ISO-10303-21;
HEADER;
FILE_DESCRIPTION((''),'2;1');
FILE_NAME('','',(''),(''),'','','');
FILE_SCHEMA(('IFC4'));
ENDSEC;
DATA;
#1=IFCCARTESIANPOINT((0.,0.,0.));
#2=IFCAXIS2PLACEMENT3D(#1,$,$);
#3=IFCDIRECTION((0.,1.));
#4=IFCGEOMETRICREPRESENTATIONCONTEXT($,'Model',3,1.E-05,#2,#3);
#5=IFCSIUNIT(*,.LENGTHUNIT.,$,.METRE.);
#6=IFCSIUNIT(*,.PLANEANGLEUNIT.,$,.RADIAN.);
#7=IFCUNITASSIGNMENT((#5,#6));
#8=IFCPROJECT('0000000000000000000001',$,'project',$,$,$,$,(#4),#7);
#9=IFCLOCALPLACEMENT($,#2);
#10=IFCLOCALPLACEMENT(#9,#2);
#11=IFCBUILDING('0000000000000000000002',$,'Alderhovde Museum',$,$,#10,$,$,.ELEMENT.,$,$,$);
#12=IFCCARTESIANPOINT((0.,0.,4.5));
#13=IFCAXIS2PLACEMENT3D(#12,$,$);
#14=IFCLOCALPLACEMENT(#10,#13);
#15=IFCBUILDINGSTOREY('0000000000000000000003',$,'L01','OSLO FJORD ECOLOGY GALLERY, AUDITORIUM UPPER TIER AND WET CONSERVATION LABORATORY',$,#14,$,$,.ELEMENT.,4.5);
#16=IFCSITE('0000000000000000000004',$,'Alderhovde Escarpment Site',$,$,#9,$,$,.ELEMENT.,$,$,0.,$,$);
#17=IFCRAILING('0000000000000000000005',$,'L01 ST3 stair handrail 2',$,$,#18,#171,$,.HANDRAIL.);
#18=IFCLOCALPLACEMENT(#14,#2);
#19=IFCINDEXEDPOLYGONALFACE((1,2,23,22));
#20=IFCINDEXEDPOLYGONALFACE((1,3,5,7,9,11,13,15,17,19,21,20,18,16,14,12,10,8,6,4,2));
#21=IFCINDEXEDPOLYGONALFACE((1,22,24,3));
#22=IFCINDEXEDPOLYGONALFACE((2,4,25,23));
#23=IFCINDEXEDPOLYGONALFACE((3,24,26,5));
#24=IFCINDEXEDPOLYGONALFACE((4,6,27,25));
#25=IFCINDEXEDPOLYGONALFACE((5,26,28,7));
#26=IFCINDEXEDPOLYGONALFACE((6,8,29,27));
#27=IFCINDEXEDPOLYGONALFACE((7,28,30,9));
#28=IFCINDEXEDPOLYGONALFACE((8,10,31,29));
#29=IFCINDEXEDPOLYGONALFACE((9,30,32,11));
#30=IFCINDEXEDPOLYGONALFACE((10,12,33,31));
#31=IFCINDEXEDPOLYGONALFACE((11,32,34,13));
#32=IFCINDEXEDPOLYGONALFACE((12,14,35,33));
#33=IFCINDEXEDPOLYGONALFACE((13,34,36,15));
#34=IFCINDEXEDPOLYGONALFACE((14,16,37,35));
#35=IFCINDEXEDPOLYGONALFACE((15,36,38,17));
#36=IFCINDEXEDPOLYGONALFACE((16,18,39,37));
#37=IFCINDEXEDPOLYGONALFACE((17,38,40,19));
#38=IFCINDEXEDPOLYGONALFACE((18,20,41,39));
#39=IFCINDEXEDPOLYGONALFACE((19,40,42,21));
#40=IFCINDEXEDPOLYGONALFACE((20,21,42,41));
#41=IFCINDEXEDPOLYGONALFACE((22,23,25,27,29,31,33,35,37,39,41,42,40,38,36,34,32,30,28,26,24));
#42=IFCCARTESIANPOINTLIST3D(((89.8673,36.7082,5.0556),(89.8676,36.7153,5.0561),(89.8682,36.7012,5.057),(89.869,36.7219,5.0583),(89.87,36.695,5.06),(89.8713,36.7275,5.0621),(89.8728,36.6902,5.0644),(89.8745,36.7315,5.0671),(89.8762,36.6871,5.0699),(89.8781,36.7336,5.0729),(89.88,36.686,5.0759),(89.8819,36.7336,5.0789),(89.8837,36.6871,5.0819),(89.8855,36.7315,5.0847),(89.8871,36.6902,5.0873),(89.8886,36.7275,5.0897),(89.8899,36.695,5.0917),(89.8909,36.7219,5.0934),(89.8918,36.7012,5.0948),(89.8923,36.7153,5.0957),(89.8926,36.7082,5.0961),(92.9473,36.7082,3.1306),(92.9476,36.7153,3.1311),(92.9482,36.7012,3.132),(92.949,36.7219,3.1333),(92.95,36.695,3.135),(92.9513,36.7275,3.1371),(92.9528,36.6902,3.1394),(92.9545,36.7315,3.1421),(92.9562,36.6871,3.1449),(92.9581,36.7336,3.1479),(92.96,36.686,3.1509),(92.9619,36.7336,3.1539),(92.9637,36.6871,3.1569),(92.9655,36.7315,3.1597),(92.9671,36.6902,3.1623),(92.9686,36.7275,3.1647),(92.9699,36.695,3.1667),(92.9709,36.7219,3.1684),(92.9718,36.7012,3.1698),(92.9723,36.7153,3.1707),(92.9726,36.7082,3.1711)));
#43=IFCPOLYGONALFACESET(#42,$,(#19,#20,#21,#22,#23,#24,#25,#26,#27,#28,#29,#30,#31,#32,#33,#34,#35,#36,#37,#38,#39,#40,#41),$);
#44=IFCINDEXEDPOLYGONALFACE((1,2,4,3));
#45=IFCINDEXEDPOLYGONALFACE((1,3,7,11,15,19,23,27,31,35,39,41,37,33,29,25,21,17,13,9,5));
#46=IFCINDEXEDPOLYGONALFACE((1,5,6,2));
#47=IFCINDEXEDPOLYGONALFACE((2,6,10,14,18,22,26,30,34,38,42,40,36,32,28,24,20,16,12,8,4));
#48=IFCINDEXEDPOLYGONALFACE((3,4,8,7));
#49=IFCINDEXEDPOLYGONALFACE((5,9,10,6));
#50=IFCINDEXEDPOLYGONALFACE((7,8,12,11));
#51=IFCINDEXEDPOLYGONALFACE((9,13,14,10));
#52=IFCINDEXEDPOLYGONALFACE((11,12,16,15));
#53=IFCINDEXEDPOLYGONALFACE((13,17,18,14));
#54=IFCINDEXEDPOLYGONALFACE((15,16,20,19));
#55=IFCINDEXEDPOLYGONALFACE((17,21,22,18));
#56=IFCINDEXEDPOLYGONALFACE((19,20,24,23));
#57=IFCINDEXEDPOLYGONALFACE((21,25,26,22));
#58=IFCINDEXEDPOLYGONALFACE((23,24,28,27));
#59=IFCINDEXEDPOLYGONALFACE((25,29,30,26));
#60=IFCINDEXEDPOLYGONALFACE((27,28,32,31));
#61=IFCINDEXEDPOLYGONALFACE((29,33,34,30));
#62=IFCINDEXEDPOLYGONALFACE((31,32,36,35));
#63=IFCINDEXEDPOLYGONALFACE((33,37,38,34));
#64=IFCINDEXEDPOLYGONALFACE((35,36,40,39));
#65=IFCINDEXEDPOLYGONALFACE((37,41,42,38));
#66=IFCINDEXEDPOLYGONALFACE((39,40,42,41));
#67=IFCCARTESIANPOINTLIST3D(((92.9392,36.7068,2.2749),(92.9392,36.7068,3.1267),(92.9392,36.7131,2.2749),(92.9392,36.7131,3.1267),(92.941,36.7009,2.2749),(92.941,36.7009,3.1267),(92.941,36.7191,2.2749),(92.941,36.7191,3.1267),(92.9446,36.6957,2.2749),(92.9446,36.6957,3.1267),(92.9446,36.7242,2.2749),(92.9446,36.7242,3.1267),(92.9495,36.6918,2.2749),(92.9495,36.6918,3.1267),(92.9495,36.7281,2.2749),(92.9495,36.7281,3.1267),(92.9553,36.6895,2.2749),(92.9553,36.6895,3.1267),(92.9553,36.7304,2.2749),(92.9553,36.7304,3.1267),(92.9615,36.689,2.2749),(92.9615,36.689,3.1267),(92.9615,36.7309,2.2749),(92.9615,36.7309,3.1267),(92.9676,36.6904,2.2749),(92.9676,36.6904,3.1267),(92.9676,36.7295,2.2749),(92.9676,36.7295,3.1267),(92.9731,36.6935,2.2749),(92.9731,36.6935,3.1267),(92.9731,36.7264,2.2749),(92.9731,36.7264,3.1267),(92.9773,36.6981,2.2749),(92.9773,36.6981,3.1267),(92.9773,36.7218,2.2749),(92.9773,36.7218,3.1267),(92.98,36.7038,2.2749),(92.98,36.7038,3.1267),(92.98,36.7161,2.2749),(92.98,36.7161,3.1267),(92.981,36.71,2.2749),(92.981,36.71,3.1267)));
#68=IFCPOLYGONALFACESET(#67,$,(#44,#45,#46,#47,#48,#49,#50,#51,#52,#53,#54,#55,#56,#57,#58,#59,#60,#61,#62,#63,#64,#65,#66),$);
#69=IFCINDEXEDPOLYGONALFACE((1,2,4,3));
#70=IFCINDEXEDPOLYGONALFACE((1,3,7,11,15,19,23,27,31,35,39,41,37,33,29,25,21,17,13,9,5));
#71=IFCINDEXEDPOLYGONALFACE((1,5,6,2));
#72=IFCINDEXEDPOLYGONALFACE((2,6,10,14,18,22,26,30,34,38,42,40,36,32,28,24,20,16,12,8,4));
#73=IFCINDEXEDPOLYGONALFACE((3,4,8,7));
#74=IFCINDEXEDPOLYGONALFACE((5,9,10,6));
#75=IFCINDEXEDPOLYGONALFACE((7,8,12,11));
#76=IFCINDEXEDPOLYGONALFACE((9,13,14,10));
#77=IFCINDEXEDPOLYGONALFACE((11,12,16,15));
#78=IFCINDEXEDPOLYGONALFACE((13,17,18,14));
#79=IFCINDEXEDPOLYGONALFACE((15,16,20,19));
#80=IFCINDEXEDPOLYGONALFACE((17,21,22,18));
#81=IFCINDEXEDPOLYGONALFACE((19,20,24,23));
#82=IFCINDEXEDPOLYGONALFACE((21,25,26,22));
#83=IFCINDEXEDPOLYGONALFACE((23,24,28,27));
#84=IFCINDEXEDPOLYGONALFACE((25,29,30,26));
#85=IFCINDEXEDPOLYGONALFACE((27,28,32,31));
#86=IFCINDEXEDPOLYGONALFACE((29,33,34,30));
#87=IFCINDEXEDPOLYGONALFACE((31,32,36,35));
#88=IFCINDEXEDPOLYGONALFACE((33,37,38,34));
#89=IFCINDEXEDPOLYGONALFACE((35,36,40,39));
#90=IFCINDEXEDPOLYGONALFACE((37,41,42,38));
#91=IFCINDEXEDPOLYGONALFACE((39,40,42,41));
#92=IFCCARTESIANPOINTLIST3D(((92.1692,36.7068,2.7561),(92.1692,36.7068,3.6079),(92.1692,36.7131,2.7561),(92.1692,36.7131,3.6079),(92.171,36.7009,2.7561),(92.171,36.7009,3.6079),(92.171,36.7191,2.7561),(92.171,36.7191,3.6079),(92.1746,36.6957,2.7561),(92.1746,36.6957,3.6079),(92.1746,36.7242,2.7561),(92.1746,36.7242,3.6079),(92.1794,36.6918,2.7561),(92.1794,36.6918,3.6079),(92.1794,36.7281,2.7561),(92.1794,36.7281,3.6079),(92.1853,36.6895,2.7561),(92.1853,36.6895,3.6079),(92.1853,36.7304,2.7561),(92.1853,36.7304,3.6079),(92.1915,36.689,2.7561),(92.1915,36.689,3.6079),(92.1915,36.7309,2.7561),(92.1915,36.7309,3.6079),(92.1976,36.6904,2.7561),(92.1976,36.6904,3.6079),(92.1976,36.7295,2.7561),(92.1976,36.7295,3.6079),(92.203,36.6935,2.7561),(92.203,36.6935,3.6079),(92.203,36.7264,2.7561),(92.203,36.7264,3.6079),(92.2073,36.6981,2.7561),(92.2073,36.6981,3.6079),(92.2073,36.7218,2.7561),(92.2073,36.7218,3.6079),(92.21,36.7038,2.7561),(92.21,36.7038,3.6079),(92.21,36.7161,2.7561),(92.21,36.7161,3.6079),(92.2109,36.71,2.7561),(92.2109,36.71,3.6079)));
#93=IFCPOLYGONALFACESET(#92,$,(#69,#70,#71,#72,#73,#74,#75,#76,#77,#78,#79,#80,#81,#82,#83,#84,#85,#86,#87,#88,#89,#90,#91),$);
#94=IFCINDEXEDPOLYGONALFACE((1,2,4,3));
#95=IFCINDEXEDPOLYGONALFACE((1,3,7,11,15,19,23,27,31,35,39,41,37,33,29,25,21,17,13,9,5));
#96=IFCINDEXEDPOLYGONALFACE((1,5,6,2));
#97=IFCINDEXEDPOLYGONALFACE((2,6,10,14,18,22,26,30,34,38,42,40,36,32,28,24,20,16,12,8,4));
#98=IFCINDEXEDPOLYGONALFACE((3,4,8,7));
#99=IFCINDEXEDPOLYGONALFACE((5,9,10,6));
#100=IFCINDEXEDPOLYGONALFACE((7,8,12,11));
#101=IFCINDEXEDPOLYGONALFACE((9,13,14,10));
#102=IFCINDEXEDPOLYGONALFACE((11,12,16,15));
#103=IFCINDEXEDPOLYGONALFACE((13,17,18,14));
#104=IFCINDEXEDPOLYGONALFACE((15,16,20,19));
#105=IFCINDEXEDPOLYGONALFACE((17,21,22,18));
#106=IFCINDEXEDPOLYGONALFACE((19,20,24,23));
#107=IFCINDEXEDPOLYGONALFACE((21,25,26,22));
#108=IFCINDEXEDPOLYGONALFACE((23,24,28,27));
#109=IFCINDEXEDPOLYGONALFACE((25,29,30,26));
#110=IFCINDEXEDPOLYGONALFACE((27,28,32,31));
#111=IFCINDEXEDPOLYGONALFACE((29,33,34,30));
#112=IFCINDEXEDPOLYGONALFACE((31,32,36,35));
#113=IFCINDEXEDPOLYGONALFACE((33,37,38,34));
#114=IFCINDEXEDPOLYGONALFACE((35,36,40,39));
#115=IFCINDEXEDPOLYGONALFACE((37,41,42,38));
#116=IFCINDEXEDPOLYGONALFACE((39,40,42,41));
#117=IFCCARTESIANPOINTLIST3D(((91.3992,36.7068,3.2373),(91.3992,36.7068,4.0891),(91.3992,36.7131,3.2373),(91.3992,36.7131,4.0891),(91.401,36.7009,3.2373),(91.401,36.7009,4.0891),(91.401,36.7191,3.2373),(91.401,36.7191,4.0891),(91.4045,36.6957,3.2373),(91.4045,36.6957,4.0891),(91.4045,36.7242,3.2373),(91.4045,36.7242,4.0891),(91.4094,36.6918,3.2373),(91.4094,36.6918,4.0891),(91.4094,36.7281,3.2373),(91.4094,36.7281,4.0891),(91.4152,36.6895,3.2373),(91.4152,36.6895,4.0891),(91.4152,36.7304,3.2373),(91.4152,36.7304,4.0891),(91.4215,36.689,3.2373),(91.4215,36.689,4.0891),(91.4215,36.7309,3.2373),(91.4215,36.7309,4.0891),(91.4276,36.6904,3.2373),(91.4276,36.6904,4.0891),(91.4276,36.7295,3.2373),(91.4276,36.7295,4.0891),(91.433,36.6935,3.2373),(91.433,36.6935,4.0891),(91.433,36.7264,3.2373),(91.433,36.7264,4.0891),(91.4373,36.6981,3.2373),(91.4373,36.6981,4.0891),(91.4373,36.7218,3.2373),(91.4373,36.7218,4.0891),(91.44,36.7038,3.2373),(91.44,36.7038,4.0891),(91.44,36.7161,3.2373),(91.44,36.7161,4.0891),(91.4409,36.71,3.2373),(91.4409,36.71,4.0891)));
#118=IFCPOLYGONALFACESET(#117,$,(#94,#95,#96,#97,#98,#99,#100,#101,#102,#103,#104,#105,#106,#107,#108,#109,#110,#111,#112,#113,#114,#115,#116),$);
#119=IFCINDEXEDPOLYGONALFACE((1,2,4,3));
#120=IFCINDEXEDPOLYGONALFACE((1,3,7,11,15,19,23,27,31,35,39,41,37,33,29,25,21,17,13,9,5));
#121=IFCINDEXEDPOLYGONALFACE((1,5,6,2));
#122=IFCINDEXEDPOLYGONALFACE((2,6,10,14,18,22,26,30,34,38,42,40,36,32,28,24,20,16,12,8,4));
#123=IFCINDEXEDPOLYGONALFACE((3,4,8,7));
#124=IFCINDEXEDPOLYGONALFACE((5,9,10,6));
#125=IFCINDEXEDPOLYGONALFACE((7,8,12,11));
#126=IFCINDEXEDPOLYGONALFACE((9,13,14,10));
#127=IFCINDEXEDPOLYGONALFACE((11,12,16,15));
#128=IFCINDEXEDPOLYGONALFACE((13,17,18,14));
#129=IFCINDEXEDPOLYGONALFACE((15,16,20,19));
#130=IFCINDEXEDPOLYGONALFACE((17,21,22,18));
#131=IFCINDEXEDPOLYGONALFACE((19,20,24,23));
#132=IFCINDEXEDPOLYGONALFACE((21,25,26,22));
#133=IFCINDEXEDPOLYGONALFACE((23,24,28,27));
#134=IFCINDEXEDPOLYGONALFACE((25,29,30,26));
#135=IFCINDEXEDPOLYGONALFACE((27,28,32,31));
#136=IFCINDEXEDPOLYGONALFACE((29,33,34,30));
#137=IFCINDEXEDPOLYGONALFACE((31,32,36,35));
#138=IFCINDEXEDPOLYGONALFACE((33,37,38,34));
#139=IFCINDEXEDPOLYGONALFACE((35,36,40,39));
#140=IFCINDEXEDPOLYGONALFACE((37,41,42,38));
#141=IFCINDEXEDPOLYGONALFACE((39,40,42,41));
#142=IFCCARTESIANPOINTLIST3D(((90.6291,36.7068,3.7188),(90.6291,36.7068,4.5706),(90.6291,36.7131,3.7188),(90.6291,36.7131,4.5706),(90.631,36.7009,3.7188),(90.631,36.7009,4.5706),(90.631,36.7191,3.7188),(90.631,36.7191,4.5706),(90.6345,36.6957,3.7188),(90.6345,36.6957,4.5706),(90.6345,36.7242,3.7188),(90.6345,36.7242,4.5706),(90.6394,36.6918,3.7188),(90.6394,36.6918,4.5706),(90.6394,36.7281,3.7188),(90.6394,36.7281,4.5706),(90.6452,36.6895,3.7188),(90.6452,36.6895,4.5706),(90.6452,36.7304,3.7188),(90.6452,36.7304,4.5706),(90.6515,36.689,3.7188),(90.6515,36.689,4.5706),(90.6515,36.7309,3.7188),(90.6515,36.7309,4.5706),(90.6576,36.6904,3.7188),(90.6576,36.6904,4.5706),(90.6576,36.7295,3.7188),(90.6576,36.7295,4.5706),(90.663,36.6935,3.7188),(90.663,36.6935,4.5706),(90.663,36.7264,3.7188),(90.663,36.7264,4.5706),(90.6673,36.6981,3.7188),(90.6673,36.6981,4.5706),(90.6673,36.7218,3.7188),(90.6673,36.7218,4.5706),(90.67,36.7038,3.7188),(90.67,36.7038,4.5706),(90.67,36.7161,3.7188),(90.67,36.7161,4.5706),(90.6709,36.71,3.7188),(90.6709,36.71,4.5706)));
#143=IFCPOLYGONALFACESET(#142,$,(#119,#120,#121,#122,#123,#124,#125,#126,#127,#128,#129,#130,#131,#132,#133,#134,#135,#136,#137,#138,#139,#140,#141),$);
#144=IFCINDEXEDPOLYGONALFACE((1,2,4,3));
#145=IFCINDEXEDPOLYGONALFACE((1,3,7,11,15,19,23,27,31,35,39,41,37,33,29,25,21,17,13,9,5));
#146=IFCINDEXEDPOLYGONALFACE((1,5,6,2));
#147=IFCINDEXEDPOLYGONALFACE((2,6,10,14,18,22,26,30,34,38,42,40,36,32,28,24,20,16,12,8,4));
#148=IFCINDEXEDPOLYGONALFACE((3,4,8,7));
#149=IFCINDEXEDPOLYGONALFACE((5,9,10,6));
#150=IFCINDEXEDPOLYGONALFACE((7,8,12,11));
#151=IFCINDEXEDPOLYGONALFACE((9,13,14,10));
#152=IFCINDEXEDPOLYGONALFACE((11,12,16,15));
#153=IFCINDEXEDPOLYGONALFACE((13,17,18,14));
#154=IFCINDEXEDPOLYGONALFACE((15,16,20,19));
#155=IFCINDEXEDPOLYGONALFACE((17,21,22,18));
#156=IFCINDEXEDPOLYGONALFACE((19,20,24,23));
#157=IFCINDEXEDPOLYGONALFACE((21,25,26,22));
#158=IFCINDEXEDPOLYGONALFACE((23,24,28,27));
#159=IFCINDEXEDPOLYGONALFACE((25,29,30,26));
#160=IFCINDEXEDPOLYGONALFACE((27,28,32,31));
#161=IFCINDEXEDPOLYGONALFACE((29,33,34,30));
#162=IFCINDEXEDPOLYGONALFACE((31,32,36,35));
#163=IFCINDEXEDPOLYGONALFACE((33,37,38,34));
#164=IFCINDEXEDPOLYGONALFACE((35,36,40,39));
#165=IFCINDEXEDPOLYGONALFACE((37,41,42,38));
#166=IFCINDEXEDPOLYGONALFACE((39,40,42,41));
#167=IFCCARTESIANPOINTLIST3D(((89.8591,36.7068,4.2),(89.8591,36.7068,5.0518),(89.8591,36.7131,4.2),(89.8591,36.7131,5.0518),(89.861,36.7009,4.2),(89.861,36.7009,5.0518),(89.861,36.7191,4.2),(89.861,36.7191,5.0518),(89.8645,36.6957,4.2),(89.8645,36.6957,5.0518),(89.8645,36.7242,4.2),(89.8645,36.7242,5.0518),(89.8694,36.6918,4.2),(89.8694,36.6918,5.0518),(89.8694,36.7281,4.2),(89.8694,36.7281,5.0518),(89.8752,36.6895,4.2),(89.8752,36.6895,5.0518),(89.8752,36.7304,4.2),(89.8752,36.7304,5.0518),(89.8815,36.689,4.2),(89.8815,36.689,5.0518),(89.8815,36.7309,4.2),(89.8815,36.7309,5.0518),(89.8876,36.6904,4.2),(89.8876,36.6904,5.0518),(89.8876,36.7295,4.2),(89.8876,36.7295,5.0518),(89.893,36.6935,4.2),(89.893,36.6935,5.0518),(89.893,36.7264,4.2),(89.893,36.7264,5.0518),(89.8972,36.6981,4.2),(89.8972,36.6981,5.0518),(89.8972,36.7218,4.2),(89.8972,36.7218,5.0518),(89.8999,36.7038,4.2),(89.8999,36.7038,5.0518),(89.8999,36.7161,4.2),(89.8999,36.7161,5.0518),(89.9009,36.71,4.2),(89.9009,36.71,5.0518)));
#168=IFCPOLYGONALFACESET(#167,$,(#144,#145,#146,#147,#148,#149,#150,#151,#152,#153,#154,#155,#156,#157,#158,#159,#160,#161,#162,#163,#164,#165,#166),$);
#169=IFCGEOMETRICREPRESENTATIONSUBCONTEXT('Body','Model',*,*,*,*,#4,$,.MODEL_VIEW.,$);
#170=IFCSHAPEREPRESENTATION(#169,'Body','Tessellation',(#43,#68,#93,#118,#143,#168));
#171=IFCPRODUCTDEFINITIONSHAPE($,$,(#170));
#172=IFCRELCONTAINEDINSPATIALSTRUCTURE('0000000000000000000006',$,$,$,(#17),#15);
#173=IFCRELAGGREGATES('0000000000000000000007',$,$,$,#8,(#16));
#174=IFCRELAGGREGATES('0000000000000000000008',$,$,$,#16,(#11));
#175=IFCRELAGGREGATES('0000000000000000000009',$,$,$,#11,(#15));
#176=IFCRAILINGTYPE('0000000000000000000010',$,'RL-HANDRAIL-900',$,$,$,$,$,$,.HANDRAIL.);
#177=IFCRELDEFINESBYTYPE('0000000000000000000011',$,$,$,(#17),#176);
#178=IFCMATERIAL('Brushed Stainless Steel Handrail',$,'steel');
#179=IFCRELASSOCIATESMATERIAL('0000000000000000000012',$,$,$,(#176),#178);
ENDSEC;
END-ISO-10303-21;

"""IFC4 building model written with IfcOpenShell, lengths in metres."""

from ifc_helpers import new_model, si_unit, direction, frame, origin, origin_2d, place, context, subcontext, project, spatial, circle, extrude, material, type_object, element, save


model = new_model("IFC4")

# Units and contexts
model_context = context("Model", 3, precision=1e-05, world=origin(), true_north=direction((0.0, 1.0)))
body_context = subcontext(model_context, "Body", "Model", "MODEL_VIEW")
ifc_project = project(units=[si_unit("LENGTHUNIT", "METRE"), si_unit("PLANEANGLEUNIT", "RADIAN")], contexts=[model_context])

# Site, building, storey
site_placement = place(None, origin())
site = spatial("IfcSite", under=ifc_project, at=site_placement, Name="Alderhovde Escarpment Site", CompositionType="ELEMENT", RefElevation=0.0)
building_placement = place(site_placement, origin())
building = spatial("IfcBuilding", under=site, at=building_placement, Name="Alderhovde Museum", CompositionType="ELEMENT")
storey_placement = place(building_placement, frame((0.0, 0.0, 4.5)))
storey = spatial("IfcBuildingStorey", under=building, at=storey_placement, Name="L01", Description="OSLO FJORD ECOLOGY GALLERY, AUDITORIUM UPPER TIER AND WET CONSERVATION LABORATORY", CompositionType="ELEMENT", Elevation=4.5)

# Railing
ifc_material_1 = material(Name="Brushed Stainless Steel Handrail", Category="steel")
railing_type_1 = type_object("IfcRailingType", Name="RL-HANDRAIL-900", PredefinedType="HANDRAIL", material=ifc_material_1)
railing_1_placement = place(storey_placement, frame((92.96, 36.71, 2.2749)))
element("IfcRailing", 1, at=railing_1_placement, inside=storey, type_object=railing_type_1, Name="L01 ST3 stair handrail 2", PredefinedType="HANDRAIL", context=body_context, shape_type="SweptSolid", body=[
    extrude(circle(Radius=0.0239, at=origin_2d()), frame((0.0, 0.0, 0.876), z_axis=(-0.847998, 0.0, 0.529999), x_axis=(0.0, -1.0, 0.0)), (0.0, 0.0, 1.0), 3.6321),
    extrude(circle(Radius=0.021, at=origin_2d()), origin(), (0.0, 0.0, 1.0), 0.8518),
    extrude(circle(Radius=0.021, at=origin_2d()), frame((-0.77, 0.0, 0.4812)), (0.0, 0.0, 1.0), 0.8518),
    extrude(circle(Radius=0.021, at=origin_2d()), frame((-1.54, 0.0, 0.9624)), (0.0, 0.0, 1.0), 0.8518),
    extrude(circle(Radius=0.021, at=origin_2d()), frame((-2.3101, 0.0, 1.4438)), (0.0, 0.0, 1.0), 0.8518),
    extrude(circle(Radius=0.021, at=origin_2d()), frame((-3.0801, 0.0, 1.925)), (0.0, 0.0, 1.0), 0.8518),
])

save(model, "model.ifc")
